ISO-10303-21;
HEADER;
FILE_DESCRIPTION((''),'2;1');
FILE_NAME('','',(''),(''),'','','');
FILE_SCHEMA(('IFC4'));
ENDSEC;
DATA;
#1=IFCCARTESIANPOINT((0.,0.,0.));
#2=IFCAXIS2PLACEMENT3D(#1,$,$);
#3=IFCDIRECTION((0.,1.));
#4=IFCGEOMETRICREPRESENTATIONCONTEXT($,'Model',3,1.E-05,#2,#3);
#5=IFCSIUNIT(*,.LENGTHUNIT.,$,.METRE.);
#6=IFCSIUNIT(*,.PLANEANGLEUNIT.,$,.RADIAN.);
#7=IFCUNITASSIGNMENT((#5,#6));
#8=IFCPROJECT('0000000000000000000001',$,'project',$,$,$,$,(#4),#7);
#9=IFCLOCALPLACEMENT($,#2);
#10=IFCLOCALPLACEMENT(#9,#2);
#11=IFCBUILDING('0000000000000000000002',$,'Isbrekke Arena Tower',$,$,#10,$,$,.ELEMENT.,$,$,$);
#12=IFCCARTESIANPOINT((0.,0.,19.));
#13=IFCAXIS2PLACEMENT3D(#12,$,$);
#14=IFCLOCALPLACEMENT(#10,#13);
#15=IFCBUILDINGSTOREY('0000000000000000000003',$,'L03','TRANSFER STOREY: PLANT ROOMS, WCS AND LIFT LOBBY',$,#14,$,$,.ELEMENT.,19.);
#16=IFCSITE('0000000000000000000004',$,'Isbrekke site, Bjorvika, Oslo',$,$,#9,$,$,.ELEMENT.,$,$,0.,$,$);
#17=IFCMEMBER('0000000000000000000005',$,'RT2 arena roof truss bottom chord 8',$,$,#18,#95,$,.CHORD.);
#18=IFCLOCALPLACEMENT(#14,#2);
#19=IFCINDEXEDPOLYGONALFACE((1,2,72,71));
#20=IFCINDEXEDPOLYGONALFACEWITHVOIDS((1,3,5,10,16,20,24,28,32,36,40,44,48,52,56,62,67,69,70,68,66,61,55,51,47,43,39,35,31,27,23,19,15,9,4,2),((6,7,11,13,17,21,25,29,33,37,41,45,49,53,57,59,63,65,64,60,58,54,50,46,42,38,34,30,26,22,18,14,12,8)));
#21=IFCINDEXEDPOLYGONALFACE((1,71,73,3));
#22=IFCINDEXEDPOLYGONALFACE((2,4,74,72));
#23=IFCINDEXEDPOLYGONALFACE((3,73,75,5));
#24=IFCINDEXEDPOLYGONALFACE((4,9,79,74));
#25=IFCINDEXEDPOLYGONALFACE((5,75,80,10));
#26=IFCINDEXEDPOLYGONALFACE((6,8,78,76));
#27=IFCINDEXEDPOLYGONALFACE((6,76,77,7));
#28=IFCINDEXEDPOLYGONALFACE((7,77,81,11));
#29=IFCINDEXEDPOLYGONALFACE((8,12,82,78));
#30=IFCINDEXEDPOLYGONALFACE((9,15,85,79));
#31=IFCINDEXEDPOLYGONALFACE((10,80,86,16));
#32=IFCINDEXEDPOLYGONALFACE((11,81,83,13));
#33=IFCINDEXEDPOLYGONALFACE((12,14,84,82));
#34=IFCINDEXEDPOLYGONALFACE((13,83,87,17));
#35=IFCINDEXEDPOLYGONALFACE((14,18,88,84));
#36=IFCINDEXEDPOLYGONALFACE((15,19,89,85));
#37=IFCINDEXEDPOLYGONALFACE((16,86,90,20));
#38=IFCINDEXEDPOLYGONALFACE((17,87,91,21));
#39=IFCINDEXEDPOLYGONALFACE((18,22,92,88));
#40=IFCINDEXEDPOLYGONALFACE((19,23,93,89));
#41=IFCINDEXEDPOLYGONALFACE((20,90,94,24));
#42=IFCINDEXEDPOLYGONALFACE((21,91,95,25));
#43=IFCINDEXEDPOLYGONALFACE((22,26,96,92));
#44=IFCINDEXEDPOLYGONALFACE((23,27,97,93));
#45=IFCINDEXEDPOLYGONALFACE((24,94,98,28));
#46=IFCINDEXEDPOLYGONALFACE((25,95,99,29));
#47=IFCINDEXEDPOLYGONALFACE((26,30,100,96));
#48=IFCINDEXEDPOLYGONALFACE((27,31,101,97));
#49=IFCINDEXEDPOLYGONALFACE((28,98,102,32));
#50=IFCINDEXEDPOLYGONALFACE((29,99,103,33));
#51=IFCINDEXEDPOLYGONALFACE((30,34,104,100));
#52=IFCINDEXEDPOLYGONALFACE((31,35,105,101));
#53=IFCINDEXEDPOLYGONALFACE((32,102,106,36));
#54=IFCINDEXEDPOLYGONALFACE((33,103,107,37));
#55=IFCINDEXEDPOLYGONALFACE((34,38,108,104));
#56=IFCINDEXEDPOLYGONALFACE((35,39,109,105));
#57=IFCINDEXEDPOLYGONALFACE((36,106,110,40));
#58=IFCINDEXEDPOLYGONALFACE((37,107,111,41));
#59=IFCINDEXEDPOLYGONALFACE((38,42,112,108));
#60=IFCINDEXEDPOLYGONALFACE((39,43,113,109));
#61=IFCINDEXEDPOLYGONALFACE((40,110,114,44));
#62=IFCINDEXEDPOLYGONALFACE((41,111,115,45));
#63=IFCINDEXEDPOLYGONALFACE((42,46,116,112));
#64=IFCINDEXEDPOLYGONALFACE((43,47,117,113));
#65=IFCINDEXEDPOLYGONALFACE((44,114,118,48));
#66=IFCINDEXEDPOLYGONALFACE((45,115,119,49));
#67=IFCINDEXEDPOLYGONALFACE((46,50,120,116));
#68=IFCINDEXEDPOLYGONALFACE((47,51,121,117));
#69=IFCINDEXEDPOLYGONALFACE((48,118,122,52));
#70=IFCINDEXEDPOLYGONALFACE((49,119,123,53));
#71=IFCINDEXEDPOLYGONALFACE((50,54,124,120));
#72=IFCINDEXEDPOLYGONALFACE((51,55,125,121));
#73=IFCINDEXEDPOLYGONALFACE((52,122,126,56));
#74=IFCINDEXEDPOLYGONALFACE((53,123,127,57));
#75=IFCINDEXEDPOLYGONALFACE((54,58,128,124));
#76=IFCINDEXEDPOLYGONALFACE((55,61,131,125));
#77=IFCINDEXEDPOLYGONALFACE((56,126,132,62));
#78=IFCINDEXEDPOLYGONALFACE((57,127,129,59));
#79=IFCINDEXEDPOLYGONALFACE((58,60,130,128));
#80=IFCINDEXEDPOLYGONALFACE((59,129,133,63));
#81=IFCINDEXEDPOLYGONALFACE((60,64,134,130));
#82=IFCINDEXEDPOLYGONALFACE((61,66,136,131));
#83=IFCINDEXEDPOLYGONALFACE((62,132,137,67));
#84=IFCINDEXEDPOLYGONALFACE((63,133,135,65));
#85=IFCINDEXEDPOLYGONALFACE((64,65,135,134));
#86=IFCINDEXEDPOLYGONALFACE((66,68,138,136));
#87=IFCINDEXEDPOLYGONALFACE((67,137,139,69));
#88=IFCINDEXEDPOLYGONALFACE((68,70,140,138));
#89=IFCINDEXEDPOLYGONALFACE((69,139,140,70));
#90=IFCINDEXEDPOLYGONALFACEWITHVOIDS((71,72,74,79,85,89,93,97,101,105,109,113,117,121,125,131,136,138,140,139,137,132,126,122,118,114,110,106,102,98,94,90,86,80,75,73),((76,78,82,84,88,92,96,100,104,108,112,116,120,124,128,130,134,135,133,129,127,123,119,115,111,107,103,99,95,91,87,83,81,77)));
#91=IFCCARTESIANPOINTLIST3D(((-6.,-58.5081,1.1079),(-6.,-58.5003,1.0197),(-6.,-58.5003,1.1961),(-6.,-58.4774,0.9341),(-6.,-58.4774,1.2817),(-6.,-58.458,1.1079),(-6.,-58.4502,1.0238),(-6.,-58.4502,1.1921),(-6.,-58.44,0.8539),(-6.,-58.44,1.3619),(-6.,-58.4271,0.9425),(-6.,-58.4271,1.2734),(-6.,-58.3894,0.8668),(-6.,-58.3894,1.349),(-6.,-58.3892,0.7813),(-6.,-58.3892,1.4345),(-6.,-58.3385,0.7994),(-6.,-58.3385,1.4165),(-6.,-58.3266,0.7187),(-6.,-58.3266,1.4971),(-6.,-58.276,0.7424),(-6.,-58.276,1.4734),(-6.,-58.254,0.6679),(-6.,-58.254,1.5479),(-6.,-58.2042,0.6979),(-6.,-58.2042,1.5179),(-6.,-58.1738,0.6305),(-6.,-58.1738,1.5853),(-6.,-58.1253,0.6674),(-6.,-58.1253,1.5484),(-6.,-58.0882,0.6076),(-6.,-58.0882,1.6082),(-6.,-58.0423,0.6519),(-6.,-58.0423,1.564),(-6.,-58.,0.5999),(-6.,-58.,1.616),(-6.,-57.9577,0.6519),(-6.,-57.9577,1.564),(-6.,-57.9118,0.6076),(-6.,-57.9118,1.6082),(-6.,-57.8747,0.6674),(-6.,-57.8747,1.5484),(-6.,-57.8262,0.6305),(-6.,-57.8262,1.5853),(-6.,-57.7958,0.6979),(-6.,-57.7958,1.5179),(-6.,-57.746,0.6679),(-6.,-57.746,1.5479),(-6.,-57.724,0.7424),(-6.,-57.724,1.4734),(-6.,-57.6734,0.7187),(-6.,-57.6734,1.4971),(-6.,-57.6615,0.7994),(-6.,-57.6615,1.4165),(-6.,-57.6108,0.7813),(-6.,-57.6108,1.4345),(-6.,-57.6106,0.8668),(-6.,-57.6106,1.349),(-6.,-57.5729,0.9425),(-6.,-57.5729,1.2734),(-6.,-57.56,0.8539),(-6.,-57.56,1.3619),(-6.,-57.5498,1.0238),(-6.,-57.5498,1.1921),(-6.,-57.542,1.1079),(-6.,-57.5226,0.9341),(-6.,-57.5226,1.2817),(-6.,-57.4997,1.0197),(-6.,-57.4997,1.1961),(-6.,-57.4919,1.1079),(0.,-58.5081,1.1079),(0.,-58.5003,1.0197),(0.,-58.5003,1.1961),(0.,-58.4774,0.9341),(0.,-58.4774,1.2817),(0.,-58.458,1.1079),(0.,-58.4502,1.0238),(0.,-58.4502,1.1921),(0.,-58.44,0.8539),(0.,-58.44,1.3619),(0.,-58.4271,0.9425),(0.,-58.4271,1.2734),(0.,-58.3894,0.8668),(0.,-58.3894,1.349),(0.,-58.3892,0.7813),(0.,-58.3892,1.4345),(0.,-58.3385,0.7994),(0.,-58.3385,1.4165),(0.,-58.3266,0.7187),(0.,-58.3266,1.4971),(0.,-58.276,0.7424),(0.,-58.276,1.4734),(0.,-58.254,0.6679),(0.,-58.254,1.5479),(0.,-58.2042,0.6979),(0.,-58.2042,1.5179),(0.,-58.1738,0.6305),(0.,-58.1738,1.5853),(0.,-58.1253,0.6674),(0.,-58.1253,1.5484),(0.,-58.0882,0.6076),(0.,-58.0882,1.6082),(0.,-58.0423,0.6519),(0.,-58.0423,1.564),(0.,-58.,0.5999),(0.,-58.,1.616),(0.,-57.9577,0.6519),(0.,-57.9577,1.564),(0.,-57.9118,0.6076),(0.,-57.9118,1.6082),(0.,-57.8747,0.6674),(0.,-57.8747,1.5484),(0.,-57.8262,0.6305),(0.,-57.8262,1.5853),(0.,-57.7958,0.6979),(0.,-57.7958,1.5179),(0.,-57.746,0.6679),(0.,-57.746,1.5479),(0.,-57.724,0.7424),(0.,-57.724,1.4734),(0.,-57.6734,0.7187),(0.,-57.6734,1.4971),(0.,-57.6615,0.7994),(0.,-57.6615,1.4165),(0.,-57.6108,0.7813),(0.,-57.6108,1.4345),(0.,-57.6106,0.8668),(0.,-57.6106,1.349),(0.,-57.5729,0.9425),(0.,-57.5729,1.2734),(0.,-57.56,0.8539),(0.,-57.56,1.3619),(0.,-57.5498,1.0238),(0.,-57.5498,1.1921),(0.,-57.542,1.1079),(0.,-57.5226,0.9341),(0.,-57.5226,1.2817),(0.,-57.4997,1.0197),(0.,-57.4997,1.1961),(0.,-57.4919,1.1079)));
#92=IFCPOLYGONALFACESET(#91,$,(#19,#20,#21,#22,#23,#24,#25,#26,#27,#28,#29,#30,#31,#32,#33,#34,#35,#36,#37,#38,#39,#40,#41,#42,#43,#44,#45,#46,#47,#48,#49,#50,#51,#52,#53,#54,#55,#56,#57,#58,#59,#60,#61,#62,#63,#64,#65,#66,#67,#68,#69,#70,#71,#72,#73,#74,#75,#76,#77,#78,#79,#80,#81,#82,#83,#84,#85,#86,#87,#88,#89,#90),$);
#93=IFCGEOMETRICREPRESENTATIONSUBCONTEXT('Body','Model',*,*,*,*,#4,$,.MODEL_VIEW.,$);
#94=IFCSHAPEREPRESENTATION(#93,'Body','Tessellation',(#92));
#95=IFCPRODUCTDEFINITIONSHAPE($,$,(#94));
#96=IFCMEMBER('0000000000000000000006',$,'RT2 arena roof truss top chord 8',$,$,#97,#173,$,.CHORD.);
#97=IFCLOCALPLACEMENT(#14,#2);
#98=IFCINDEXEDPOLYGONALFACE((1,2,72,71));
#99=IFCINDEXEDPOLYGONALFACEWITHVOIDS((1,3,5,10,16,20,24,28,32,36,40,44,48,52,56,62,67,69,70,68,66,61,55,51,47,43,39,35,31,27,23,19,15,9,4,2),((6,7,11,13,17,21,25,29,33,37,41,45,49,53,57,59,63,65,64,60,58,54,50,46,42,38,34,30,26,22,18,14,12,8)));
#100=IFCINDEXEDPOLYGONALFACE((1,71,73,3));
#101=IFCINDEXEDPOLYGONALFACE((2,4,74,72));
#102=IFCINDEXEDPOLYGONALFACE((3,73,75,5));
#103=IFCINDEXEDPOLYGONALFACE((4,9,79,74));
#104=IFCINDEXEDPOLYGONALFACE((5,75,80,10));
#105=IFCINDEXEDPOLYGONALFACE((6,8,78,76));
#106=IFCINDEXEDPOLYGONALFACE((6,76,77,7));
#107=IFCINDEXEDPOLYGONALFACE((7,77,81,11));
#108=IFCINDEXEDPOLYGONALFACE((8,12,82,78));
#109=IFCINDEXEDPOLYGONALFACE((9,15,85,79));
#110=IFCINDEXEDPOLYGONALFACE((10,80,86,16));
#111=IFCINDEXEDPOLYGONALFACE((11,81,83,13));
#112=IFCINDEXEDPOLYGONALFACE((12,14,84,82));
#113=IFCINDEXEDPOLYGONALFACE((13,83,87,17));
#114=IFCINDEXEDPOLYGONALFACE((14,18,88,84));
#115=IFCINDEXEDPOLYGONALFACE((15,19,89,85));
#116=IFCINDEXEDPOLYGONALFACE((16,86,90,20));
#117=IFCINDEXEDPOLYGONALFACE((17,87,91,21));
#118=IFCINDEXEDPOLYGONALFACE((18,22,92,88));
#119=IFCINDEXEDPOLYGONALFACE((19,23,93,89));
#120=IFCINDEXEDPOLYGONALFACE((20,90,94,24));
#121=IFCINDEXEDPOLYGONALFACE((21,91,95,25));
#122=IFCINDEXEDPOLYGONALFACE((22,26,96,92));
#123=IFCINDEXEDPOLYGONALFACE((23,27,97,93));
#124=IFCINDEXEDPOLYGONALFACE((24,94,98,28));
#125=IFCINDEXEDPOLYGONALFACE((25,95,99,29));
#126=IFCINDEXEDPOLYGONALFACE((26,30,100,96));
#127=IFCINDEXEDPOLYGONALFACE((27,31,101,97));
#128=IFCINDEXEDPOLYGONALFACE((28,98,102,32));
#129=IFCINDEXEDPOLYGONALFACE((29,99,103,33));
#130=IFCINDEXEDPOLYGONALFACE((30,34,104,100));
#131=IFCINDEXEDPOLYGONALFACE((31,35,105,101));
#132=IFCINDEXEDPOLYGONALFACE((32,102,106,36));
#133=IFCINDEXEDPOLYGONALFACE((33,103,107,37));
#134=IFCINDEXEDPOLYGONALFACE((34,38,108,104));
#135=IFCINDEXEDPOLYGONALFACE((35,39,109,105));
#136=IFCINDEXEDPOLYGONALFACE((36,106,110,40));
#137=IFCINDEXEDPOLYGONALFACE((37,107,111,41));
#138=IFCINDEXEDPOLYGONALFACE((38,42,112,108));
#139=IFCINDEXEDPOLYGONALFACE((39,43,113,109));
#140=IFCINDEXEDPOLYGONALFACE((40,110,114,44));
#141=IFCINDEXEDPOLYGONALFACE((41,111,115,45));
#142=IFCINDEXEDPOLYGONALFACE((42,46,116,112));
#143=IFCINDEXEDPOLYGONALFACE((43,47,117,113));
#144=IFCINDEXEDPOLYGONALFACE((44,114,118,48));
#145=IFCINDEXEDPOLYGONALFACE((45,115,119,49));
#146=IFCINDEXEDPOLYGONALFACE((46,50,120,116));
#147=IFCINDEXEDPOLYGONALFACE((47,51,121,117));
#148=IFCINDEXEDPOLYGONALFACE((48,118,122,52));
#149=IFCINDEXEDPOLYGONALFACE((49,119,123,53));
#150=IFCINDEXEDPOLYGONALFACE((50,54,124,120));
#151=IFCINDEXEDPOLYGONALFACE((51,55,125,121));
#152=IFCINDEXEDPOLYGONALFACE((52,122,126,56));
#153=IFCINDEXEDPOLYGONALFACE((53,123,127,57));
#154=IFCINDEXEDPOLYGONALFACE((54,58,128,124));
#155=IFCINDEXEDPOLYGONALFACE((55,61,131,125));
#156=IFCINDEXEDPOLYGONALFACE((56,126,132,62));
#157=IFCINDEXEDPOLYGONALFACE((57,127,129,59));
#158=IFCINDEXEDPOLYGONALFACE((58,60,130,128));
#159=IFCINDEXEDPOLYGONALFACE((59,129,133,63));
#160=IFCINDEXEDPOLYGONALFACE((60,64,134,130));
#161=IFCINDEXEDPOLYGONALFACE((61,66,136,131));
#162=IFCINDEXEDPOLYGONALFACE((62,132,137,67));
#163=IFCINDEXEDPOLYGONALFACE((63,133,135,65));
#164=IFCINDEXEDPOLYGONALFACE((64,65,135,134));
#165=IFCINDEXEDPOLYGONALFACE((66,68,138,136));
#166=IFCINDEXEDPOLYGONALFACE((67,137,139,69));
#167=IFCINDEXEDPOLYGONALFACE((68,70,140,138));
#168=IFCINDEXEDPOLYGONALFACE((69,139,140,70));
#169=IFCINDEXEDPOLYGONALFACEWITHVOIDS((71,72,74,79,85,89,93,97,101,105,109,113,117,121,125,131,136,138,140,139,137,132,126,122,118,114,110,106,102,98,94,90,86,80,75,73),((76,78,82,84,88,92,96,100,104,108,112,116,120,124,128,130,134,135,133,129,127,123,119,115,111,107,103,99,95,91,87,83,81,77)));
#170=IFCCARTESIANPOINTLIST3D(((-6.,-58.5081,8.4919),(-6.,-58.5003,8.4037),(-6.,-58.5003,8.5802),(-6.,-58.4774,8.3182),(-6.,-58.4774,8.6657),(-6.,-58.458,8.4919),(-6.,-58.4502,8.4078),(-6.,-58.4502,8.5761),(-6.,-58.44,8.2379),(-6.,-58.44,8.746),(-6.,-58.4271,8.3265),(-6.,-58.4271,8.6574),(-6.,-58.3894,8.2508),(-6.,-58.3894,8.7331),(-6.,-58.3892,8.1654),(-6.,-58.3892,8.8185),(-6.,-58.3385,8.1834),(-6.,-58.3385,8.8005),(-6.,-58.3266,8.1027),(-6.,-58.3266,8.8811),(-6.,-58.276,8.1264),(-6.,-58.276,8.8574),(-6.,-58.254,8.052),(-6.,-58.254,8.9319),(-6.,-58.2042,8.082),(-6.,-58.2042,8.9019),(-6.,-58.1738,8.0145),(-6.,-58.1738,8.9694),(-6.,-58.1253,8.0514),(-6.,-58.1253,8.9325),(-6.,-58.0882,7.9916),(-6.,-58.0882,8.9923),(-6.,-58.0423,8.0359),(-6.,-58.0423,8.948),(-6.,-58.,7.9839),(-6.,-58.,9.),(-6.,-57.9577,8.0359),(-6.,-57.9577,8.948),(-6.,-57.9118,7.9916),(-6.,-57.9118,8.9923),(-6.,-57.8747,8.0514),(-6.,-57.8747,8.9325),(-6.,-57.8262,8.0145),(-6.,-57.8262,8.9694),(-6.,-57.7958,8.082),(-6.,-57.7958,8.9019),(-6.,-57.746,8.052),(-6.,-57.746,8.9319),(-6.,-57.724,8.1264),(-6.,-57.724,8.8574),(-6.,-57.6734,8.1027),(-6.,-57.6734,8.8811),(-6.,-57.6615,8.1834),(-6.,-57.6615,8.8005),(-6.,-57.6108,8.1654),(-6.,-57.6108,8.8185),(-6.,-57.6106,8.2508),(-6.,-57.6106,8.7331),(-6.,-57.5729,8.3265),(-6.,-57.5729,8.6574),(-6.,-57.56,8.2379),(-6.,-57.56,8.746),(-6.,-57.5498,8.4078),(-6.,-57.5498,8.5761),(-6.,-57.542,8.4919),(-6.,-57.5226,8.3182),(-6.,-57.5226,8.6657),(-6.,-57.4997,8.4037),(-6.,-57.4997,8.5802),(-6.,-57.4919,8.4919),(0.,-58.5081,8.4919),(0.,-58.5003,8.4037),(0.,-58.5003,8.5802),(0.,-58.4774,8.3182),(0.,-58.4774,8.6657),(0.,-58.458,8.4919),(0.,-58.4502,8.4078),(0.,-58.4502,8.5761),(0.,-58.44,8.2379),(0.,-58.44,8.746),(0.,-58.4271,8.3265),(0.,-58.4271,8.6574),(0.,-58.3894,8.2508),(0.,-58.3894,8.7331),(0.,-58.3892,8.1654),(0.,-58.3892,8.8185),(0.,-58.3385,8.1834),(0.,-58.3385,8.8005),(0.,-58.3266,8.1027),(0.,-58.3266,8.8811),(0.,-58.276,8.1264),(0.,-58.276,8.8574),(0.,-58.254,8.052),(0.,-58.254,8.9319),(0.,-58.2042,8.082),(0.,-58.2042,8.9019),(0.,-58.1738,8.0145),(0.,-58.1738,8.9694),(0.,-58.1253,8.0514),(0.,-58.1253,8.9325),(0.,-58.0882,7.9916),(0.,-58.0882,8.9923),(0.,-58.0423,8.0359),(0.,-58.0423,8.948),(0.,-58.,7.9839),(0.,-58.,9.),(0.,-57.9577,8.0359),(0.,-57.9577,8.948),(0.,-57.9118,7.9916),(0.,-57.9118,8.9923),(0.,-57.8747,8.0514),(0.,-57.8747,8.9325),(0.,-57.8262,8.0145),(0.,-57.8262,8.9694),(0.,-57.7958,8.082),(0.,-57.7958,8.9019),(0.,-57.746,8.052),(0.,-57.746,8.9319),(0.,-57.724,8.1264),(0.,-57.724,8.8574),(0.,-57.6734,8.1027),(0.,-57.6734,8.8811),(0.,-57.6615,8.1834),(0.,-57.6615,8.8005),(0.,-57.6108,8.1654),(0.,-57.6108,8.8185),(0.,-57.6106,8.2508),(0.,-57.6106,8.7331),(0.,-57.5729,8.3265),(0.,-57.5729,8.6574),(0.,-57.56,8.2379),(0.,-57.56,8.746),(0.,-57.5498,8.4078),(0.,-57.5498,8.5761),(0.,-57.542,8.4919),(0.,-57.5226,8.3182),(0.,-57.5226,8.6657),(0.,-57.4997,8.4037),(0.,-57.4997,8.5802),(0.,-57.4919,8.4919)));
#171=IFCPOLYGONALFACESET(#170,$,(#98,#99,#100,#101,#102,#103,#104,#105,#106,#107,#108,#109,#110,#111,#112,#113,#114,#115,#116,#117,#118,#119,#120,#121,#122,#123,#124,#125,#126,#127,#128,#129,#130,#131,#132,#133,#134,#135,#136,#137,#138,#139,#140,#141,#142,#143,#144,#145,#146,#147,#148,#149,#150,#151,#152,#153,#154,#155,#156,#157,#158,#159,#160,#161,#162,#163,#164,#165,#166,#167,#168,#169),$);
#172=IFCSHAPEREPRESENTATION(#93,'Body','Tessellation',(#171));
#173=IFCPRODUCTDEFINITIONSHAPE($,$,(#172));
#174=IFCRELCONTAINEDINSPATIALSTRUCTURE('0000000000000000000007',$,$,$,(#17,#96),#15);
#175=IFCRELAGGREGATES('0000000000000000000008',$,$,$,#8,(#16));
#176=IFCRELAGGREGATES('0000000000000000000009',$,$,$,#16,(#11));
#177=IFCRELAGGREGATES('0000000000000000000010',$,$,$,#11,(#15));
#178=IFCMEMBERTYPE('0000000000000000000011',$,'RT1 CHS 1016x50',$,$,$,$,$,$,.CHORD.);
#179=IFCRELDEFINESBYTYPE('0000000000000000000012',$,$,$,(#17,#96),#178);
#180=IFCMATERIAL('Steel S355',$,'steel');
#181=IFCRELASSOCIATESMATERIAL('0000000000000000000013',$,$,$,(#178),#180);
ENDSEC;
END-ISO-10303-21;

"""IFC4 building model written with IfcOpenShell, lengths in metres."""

from ifc_helpers import new_model, si_unit, direction, frame, origin, origin_2d, place, context, subcontext, project, spatial, hollow_circle, extrude, material, material_profile, profile_set, type_object, element, save


model = new_model("IFC4")

# Units and contexts
model_context = context("Model", 3, precision=1e-05, world=origin(), true_north=direction((0.0, 1.0)))
body_context = subcontext(model_context, "Body", "Model", "MODEL_VIEW")
ifc_project = project(units=[si_unit("LENGTHUNIT", "METRE"), si_unit("PLANEANGLEUNIT", "RADIAN")], contexts=[model_context])

# Site, building, storey
site_placement = place(None, origin())
site = spatial("IfcSite", under=ifc_project, at=site_placement, Name="Isbrekke site, Bjorvika, Oslo", CompositionType="ELEMENT", RefElevation=0.0)
building_placement = place(site_placement, origin())
building = spatial("IfcBuilding", under=site, at=building_placement, Name="Isbrekke Arena Tower", CompositionType="ELEMENT")
storey_placement = place(building_placement, frame((0.0, 0.0, 19.0)))
storey = spatial("IfcBuildingStorey", under=building, at=storey_placement, Name="L03", Description="TRANSFER STOREY: PLANT ROOMS, WCS AND LIFT LOBBY", CompositionType="ELEMENT", Elevation=19.0)

# Members
ifc_material_1 = material(Name="Steel S355", Category="steel")
ifc_material_profile_1 = material_profile(ifc_material_1, hollow_circle(Radius=0.5081, WallThickness=0.05, at=origin_2d()), Name="CHS 1016x50")
ifc_profile_set_1 = profile_set([ifc_material_profile_1], Name="Steel S355")
member_type_1 = type_object("IfcMemberType", Name="RT1 CHS 1016x50", PredefinedType="CHORD", material=ifc_profile_set_1)
for number, where, z_axis, x_axis, name in (
    (1, (-6.0, -58.0, 1.1079), (1.0, 0.0, 0.0), (0.0, 1.0, 0.0), "RT2 arena roof truss bottom chord 8"),
    (2, (-6.0, -58.0, 8.4919), (1.0, 0.0, 0.0), (0.0, 1.0, 0.0), "RT2 arena roof truss top chord 8"),
):
    element("IfcMember", number, at=place(storey_placement, frame(where, z_axis=z_axis, x_axis=x_axis)), inside=storey, type_object=member_type_1, Name=name, PredefinedType="CHORD", context=body_context, shape_type="SweptSolid", body=[
        extrude(hollow_circle(Radius=0.5081, WallThickness=0.05, at=origin_2d()), origin(), (0.0, 0.0, 1.0), 6.0),
    ])

save(model, "model.ifc")
